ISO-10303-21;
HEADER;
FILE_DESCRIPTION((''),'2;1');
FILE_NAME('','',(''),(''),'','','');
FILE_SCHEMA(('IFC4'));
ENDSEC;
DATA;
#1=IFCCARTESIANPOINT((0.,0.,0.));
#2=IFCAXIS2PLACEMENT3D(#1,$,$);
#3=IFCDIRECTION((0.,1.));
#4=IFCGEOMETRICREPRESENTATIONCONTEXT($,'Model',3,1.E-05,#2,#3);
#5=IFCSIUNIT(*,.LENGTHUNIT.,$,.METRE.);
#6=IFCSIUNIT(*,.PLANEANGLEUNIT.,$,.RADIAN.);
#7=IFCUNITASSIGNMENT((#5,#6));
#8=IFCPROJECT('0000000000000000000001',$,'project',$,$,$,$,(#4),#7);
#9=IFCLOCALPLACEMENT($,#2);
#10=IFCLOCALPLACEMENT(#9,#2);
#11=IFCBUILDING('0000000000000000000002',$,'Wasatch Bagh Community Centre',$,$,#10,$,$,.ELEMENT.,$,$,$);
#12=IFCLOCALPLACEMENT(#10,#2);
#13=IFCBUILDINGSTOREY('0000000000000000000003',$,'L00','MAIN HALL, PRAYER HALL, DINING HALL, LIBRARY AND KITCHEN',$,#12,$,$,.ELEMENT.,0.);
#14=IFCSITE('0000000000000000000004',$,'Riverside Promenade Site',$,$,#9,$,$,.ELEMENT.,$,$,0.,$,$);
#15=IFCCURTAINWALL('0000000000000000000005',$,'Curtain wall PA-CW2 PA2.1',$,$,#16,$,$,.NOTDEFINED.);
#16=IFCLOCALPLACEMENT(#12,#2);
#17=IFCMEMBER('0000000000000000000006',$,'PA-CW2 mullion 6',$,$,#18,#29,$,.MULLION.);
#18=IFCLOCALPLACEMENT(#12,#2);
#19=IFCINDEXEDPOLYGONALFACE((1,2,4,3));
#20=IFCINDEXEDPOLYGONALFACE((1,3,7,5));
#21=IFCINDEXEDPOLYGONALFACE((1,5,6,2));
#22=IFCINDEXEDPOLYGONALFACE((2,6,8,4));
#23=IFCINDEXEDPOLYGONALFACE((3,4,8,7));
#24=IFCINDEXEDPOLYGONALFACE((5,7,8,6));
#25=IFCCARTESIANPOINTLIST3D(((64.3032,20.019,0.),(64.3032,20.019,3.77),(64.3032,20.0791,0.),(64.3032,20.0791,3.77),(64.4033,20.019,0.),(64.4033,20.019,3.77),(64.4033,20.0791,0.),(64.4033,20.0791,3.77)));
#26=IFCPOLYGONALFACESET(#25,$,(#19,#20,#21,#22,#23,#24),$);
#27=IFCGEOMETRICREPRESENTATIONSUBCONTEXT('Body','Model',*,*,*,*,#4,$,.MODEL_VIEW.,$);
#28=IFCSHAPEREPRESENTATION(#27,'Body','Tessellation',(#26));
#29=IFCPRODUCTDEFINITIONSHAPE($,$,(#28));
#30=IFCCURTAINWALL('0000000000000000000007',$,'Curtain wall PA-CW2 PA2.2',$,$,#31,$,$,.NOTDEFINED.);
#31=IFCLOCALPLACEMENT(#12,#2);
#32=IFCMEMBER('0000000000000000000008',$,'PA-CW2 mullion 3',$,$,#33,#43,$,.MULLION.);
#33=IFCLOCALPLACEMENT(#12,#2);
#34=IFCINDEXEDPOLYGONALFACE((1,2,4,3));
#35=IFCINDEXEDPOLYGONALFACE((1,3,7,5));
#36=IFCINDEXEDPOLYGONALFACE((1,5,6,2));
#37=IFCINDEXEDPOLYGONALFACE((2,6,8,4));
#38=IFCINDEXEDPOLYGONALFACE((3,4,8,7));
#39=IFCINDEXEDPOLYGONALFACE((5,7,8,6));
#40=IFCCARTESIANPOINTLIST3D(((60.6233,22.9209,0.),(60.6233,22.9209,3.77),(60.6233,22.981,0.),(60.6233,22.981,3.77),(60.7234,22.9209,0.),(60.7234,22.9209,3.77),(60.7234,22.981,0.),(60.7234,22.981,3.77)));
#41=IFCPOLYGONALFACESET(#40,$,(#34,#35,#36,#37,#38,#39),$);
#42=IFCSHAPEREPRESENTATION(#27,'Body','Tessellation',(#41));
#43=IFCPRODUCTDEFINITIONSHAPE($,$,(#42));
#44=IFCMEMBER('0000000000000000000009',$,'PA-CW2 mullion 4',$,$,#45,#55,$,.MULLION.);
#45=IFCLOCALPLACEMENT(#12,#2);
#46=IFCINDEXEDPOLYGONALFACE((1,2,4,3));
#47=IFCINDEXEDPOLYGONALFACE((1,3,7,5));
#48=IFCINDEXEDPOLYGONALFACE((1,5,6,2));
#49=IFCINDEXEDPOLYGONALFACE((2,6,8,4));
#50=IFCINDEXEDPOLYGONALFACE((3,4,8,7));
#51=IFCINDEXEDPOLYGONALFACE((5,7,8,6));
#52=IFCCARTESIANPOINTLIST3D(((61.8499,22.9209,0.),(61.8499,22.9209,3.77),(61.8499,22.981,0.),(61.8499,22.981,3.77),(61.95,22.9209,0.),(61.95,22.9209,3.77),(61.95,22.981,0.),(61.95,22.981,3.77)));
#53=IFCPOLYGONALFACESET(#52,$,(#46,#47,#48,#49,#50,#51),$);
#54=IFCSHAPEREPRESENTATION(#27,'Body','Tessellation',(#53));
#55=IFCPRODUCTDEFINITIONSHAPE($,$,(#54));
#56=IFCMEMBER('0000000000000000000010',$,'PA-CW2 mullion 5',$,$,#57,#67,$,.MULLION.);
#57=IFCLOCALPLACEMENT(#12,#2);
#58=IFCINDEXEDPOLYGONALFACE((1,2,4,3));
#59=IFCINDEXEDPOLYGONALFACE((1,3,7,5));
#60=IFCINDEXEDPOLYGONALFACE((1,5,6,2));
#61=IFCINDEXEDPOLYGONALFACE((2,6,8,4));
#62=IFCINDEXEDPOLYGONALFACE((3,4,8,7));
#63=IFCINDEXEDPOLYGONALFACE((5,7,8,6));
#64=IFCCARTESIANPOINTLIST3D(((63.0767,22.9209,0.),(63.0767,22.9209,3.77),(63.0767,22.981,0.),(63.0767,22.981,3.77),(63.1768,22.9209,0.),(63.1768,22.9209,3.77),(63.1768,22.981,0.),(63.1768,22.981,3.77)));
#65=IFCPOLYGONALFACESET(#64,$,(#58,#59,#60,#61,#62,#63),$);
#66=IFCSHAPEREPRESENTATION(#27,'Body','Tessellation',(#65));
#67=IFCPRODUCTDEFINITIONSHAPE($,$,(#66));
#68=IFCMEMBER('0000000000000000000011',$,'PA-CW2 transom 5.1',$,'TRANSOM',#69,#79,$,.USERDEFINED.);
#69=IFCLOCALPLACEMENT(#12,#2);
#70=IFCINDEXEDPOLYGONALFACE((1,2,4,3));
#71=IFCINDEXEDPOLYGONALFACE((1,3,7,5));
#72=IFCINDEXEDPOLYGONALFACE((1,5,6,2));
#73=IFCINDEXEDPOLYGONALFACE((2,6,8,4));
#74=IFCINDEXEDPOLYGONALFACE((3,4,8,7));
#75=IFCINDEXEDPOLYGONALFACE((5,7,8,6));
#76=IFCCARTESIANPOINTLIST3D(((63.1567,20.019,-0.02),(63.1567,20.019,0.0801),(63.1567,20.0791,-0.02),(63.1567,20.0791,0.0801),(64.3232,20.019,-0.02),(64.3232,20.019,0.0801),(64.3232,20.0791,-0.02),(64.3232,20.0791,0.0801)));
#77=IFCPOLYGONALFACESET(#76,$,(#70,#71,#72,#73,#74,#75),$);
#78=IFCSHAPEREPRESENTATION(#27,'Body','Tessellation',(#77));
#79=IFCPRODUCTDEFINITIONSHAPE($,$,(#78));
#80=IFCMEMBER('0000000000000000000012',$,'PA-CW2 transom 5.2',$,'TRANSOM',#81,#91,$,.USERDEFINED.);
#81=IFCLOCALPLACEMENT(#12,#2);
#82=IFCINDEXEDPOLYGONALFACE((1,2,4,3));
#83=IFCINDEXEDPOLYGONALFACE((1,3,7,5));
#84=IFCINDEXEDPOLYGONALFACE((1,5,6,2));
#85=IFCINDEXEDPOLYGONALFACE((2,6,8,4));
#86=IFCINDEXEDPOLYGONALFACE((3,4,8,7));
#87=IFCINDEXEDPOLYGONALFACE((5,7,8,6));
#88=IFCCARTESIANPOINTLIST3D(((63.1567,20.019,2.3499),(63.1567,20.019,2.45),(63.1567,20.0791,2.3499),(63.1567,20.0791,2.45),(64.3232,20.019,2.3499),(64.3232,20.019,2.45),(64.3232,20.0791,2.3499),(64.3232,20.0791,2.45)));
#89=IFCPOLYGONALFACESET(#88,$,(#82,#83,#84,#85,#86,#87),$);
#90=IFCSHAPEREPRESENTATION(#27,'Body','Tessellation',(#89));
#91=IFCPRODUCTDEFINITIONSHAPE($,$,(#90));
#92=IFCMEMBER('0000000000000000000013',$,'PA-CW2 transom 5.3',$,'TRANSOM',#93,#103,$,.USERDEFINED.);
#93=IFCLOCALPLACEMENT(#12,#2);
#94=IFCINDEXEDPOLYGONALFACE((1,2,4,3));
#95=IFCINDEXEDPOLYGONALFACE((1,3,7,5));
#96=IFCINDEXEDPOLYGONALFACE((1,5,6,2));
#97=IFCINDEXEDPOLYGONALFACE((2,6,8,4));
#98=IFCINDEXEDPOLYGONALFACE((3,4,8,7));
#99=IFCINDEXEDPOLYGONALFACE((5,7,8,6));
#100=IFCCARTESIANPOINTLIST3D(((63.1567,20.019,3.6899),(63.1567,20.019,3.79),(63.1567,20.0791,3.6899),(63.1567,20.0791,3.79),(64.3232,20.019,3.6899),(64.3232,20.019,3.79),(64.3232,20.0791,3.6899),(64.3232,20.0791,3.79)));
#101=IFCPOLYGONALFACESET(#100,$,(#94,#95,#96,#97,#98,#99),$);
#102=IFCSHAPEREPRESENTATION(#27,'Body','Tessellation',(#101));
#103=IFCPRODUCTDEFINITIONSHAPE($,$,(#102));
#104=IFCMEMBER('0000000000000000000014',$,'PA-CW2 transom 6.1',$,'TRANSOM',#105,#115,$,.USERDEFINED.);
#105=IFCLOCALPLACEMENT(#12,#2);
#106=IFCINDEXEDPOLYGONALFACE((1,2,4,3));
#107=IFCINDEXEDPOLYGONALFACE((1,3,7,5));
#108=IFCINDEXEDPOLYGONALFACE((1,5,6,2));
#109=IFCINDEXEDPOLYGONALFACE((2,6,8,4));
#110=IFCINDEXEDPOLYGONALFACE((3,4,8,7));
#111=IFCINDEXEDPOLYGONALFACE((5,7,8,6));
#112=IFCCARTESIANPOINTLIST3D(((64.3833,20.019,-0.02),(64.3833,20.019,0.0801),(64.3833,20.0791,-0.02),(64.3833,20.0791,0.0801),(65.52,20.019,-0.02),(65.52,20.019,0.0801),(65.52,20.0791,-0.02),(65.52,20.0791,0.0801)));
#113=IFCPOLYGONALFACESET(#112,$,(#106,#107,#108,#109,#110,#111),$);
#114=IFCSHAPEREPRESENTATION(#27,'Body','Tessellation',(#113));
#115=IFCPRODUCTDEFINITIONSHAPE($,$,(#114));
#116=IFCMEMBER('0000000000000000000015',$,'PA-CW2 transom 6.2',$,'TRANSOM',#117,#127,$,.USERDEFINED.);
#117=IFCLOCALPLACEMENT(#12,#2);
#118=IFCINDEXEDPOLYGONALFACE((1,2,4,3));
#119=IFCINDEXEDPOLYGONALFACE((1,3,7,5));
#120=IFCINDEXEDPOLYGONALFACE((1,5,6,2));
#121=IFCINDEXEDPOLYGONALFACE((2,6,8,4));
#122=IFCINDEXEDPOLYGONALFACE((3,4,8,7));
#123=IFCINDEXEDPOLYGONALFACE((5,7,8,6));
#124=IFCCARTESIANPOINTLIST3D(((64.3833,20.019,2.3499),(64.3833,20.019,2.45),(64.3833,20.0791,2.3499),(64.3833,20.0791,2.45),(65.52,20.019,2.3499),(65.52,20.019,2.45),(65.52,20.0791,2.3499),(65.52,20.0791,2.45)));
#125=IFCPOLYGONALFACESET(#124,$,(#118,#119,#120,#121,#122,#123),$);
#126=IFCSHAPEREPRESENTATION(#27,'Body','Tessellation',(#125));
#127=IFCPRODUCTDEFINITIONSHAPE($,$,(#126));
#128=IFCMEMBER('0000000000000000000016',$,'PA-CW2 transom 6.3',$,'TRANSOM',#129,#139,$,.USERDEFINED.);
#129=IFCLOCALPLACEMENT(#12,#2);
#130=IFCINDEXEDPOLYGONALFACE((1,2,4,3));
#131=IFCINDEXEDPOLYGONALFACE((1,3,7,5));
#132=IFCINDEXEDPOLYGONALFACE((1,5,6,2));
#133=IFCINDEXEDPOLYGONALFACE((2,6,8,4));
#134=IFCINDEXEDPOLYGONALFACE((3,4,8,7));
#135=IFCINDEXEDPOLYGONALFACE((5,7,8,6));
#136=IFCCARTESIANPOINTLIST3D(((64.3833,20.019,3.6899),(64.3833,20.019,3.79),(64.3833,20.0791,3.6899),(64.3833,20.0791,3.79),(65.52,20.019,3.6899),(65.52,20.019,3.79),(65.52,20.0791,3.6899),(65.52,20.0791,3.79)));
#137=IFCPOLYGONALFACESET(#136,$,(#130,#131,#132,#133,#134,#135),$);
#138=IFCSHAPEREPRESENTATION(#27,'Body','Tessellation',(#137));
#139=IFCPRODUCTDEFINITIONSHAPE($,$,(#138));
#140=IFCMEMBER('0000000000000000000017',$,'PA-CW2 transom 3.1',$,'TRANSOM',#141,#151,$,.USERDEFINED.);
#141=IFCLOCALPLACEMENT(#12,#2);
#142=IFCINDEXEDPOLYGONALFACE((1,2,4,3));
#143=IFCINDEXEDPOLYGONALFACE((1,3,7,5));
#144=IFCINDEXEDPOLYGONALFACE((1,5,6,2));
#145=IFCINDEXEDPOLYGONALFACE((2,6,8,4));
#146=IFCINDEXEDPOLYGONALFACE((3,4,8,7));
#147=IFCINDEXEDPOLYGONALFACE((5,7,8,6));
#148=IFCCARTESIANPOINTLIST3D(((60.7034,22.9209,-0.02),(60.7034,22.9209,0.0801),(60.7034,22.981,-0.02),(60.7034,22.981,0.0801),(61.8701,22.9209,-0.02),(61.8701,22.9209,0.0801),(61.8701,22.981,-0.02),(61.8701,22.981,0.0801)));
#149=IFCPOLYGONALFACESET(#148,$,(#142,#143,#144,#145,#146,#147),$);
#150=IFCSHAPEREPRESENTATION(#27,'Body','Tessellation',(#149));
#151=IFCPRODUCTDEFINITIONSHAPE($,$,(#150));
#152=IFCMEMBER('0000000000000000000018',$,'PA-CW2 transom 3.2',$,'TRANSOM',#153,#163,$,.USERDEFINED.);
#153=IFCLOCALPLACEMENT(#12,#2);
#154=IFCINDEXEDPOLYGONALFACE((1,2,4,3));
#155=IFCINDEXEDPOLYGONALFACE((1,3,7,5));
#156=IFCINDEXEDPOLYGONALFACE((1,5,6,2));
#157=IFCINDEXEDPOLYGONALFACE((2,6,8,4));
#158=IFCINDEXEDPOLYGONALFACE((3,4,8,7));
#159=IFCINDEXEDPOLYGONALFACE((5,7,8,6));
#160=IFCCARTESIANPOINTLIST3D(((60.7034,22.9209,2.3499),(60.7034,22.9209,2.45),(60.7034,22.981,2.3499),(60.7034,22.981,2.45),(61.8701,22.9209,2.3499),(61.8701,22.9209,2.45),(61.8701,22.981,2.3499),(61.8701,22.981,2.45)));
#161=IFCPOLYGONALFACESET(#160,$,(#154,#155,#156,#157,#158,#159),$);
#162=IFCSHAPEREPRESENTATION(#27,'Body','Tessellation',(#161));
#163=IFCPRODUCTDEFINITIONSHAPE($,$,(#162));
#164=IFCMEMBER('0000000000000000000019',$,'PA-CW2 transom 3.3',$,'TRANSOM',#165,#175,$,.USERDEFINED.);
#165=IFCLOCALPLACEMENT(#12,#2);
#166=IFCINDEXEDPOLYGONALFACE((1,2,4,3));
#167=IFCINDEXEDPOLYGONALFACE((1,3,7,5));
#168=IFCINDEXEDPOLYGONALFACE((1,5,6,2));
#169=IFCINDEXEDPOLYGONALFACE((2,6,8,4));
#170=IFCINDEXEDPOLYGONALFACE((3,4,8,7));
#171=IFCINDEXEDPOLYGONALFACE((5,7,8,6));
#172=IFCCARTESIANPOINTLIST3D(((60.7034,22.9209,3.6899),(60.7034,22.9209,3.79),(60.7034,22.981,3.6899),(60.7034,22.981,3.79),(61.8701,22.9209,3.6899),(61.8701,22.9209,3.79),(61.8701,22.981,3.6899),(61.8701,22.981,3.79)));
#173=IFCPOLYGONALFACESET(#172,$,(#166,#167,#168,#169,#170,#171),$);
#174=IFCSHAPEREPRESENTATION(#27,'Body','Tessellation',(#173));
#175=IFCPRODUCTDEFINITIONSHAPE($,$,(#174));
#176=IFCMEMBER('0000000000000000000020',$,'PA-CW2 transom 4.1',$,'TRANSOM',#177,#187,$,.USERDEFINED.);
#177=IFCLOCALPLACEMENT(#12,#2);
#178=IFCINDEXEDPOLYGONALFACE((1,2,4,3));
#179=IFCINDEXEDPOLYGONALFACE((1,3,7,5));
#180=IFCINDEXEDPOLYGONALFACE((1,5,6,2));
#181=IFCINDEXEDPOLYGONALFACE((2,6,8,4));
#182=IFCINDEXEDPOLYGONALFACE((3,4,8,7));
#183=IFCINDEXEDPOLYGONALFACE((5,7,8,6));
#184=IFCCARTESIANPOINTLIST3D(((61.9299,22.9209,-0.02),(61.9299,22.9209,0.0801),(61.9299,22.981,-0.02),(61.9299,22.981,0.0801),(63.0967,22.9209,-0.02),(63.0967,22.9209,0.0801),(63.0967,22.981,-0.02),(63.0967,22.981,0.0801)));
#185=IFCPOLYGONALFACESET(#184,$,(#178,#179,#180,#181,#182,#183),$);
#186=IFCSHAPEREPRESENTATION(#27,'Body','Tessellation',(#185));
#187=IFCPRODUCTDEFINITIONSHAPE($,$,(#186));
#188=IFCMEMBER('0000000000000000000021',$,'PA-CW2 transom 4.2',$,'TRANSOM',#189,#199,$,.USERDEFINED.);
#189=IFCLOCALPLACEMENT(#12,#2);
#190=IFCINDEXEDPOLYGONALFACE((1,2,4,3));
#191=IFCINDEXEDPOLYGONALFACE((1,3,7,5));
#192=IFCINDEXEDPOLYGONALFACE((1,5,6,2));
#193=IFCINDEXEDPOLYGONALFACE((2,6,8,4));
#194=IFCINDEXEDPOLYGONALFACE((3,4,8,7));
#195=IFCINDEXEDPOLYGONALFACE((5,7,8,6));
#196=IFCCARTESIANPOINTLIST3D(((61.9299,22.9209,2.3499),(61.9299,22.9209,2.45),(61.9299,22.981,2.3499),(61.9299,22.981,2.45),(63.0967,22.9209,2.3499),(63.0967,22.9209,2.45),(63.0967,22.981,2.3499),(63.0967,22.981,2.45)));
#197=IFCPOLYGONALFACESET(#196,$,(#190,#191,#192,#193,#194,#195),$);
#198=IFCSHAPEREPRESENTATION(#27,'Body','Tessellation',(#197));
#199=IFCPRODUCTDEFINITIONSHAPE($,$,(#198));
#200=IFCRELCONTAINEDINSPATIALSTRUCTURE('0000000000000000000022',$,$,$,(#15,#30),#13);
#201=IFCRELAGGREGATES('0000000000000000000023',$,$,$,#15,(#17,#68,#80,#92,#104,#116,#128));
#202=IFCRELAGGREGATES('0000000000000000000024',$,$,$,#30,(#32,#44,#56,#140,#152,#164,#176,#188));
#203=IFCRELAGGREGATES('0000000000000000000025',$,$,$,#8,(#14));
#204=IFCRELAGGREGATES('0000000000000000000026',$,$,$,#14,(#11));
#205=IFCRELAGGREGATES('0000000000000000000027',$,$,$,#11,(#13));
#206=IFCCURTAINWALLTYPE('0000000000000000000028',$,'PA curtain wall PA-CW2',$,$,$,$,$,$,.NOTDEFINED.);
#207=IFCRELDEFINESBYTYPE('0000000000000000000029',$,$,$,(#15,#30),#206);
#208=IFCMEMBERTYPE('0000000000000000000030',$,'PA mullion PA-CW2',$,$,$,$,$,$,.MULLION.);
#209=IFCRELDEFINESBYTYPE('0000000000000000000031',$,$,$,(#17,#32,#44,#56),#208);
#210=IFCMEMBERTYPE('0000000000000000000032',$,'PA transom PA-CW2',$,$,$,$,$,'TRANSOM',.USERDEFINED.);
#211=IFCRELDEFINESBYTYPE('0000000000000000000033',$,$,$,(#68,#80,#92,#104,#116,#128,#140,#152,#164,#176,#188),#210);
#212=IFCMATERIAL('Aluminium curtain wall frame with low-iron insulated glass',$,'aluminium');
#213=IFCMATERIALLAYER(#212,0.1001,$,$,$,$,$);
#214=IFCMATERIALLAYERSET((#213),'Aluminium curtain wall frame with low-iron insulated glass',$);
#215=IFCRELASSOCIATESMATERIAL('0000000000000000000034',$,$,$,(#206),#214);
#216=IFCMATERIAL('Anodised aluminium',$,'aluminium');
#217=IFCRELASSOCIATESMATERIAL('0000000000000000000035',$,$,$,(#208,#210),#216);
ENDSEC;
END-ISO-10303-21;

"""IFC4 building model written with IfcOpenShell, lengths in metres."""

from ifc_helpers import new_model, si_unit, direction, frame, origin, origin_2d, place, context, subcontext, project, spatial, rectangle, extrude, material, layer, layer_set, material_profile, profile_set, type_object, element, aggregate, save


model = new_model("IFC4")

# Units and contexts
model_context = context("Model", 3, precision=1e-05, world=origin(), true_north=direction((0.0, 1.0)))
body_context = subcontext(model_context, "Body", "Model", "MODEL_VIEW")
ifc_project = project(units=[si_unit("LENGTHUNIT", "METRE"), si_unit("PLANEANGLEUNIT", "RADIAN")], contexts=[model_context])

# Site, building, storey
site_placement = place(None, origin())
site = spatial("IfcSite", under=ifc_project, at=site_placement, Name="Riverside Promenade Site", CompositionType="ELEMENT", RefElevation=0.0)
building_placement = place(site_placement, origin())
building = spatial("IfcBuilding", under=site, at=building_placement, Name="Wasatch Bagh Community Centre", CompositionType="ELEMENT")
storey_placement = place(building_placement, origin())
storey = spatial("IfcBuildingStorey", under=building, at=storey_placement, Name="L00", Description="MAIN HALL, PRAYER HALL, DINING HALL, LIBRARY AND KITCHEN", CompositionType="ELEMENT", Elevation=0.0)

# Curtain wall, member
ifc_material_1 = material(Name="Aluminium curtain wall frame with low-iron insulated glass", Category="aluminium")
ifc_layer_1 = layer(ifc_material_1, 0.1001)
ifc_layer_set_1 = layer_set([ifc_layer_1], Name="Aluminium curtain wall frame with low-iron insulated glass")
curtain_wall_type = type_object("IfcCurtainWallType", Name="PA curtain wall PA-CW2", PredefinedType="NOTDEFINED", material=ifc_layer_set_1)
curtain_wall_1_placement = place(storey_placement, origin())
curtain_wall_1 = element("IfcCurtainWall", 1, at=curtain_wall_1_placement, inside=storey, type_object=curtain_wall_type, Name="Curtain wall PA-CW2 PA2.1", PredefinedType="NOTDEFINED")
ifc_material_2 = material(Name="Anodised aluminium", Category="aluminium")
ifc_material_profile_1 = material_profile(ifc_material_2, rectangle(XDim=0.0601, YDim=0.1001, at=origin_2d()), Name="PA mullion PA-CW2")
ifc_profile_set_1 = profile_set([ifc_material_profile_1], Name="Anodised aluminium")
member_type_1 = type_object("IfcMemberType", Name="PA mullion PA-CW2", PredefinedType="MULLION", material=ifc_profile_set_1)
member_1_placement = place(storey_placement, frame((64.3533, 20.0491, 0.0), z_axis=(0.0, 0.0, 1.0), x_axis=(0.0, 1.0, 0.0)))
member_1 = element("IfcMember", 2, at=member_1_placement, type_object=member_type_1, Name="PA-CW2 mullion 6", PredefinedType="MULLION", context=body_context, shape_type="SweptSolid", body=[
    extrude(rectangle(XDim=0.0601, YDim=0.1001, at=origin_2d()), origin(), (0.0, 0.0, 1.0), 3.77),
])

# Curtain wall, members
curtain_wall_2_placement = place(storey_placement, origin())
curtain_wall_2 = element("IfcCurtainWall", 3, at=curtain_wall_2_placement, inside=storey, type_object=curtain_wall_type, Name="Curtain wall PA-CW2 PA2.2", PredefinedType="NOTDEFINED")
member_2_placement = place(storey_placement, frame((60.6733, 22.9509, 0.0), z_axis=(0.0, 0.0, 1.0), x_axis=(0.0, 1.0, 0.0)))
member_2 = element("IfcMember", 4, at=member_2_placement, type_object=member_type_1, Name="PA-CW2 mullion 3", PredefinedType="MULLION", context=body_context, shape_type="SweptSolid", body=[
    extrude(rectangle(XDim=0.0601, YDim=0.1001, at=origin_2d()), origin(), (0.0, 0.0, 1.0), 3.77),
])
member_3_placement = place(storey_placement, frame((61.8999, 22.9509, 0.0), z_axis=(0.0, 0.0, 1.0), x_axis=(0.0, 1.0, 0.0)))
member_3 = element("IfcMember", 5, at=member_3_placement, type_object=member_type_1, Name="PA-CW2 mullion 4", PredefinedType="MULLION", context=body_context, shape_type="SweptSolid", body=[
    extrude(rectangle(XDim=0.0601, YDim=0.1001, at=origin_2d()), origin(), (0.0, 0.0, 1.0), 3.77),
])
member_4_placement = place(storey_placement, frame((63.1267, 22.9509, 0.0), z_axis=(0.0, 0.0, 1.0), x_axis=(0.0, 1.0, 0.0)))
member_4 = element("IfcMember", 6, at=member_4_placement, type_object=member_type_1, Name="PA-CW2 mullion 5", PredefinedType="MULLION", context=body_context, shape_type="SweptSolid", body=[
    extrude(rectangle(XDim=0.0601, YDim=0.1001, at=origin_2d()), origin(), (0.0, 0.0, 1.0), 3.77),
])

# Members
ifc_material_profile_2 = material_profile(ifc_material_2, rectangle(XDim=0.0601, YDim=0.1001, at=origin_2d()), Name="PA transom PA-CW2")
ifc_profile_set_2 = profile_set([ifc_material_profile_2], Name="Anodised aluminium")
member_type_2 = type_object("IfcMemberType", Name="PA transom PA-CW2", ElementType="TRANSOM", PredefinedType="USERDEFINED", material=ifc_profile_set_2)
member_5_placement = place(storey_placement, frame((63.1567, 20.0491, 0.03), z_axis=(1.0, 0.0, 0.0), x_axis=(0.0, 1.0, 0.0)))
member_5 = element("IfcMember", 7, at=member_5_placement, type_object=member_type_2, Name="PA-CW2 transom 5.1", ObjectType="TRANSOM", PredefinedType="USERDEFINED", context=body_context, shape_type="SweptSolid", body=[
    extrude(rectangle(XDim=0.0601, YDim=0.1001, at=origin_2d()), origin(), (0.0, 0.0, 1.0), 1.1665),
])
member_6_placement = place(storey_placement, frame((63.1567, 20.0491, 2.3999), z_axis=(1.0, 0.0, 0.0), x_axis=(0.0, 1.0, 0.0)))
member_6 = element("IfcMember", 8, at=member_6_placement, type_object=member_type_2, Name="PA-CW2 transom 5.2", ObjectType="TRANSOM", PredefinedType="USERDEFINED", context=body_context, shape_type="SweptSolid", body=[
    extrude(rectangle(XDim=0.0601, YDim=0.1001, at=origin_2d()), origin(), (0.0, 0.0, 1.0), 1.1665),
])
member_7_placement = place(storey_placement, frame((63.1567, 20.0491, 3.74), z_axis=(1.0, 0.0, 0.0), x_axis=(0.0, 1.0, 0.0)))
member_7 = element("IfcMember", 9, at=member_7_placement, type_object=member_type_2, Name="PA-CW2 transom 5.3", ObjectType="TRANSOM", PredefinedType="USERDEFINED", context=body_context, shape_type="SweptSolid", body=[
    extrude(rectangle(XDim=0.0601, YDim=0.1001, at=origin_2d()), origin(), (0.0, 0.0, 1.0), 1.1665),
])
member_8_placement = place(storey_placement, frame((64.3833, 20.0491, 0.03), z_axis=(1.0, 0.0, 0.0), x_axis=(0.0, 1.0, 0.0)))
member_8 = element("IfcMember", 10, at=member_8_placement, type_object=member_type_2, Name="PA-CW2 transom 6.1", ObjectType="TRANSOM", PredefinedType="USERDEFINED", context=body_context, shape_type="SweptSolid", body=[
    extrude(rectangle(XDim=0.0601, YDim=0.1001, at=origin_2d()), origin(), (0.0, 0.0, 1.0), 1.1367),
])
member_9_placement = place(storey_placement, frame((64.3833, 20.0491, 2.3999), z_axis=(1.0, 0.0, 0.0), x_axis=(0.0, 1.0, 0.0)))
member_9 = element("IfcMember", 11, at=member_9_placement, type_object=member_type_2, Name="PA-CW2 transom 6.2", ObjectType="TRANSOM", PredefinedType="USERDEFINED", context=body_context, shape_type="SweptSolid", body=[
    extrude(rectangle(XDim=0.0601, YDim=0.1001, at=origin_2d()), origin(), (0.0, 0.0, 1.0), 1.1367),
])
member_10_placement = place(storey_placement, frame((64.3833, 20.0491, 3.74), z_axis=(1.0, 0.0, 0.0), x_axis=(0.0, 1.0, 0.0)))
member_10 = element("IfcMember", 12, at=member_10_placement, type_object=member_type_2, Name="PA-CW2 transom 6.3", ObjectType="TRANSOM", PredefinedType="USERDEFINED", context=body_context, shape_type="SweptSolid", body=[
    extrude(rectangle(XDim=0.0601, YDim=0.1001, at=origin_2d()), origin(), (0.0, 0.0, 1.0), 1.1367),
])
member_11_placement = place(storey_placement, frame((60.7034, 22.9509, 0.03), z_axis=(1.0, 0.0, 0.0), x_axis=(0.0, 1.0, 0.0)))
member_11 = element("IfcMember", 13, at=member_11_placement, type_object=member_type_2, Name="PA-CW2 transom 3.1", ObjectType="TRANSOM", PredefinedType="USERDEFINED", context=body_context, shape_type="SweptSolid", body=[
    extrude(rectangle(XDim=0.0601, YDim=0.1001, at=origin_2d()), origin(), (0.0, 0.0, 1.0), 1.1667),
])
member_12_placement = place(storey_placement, frame((60.7034, 22.9509, 2.3999), z_axis=(1.0, 0.0, 0.0), x_axis=(0.0, 1.0, 0.0)))
member_12 = element("IfcMember", 14, at=member_12_placement, type_object=member_type_2, Name="PA-CW2 transom 3.2", ObjectType="TRANSOM", PredefinedType="USERDEFINED", context=body_context, shape_type="SweptSolid", body=[
    extrude(rectangle(XDim=0.0601, YDim=0.1001, at=origin_2d()), origin(), (0.0, 0.0, 1.0), 1.1667),
])
member_13_placement = place(storey_placement, frame((60.7034, 22.9509, 3.74), z_axis=(1.0, 0.0, 0.0), x_axis=(0.0, 1.0, 0.0)))
member_13 = element("IfcMember", 15, at=member_13_placement, type_object=member_type_2, Name="PA-CW2 transom 3.3", ObjectType="TRANSOM", PredefinedType="USERDEFINED", context=body_context, shape_type="SweptSolid", body=[
    extrude(rectangle(XDim=0.0601, YDim=0.1001, at=origin_2d()), origin(), (0.0, 0.0, 1.0), 1.1667),
])
member_14_placement = place(storey_placement, frame((61.9299, 22.9509, 0.03), z_axis=(1.0, 0.0, 0.0), x_axis=(0.0, 1.0, 0.0)))
member_14 = element("IfcMember", 16, at=member_14_placement, type_object=member_type_2, Name="PA-CW2 transom 4.1", ObjectType="TRANSOM", PredefinedType="USERDEFINED", context=body_context, shape_type="SweptSolid", body=[
    extrude(rectangle(XDim=0.0601, YDim=0.1001, at=origin_2d()), origin(), (0.0, 0.0, 1.0), 1.1667),
])
member_15_placement = place(storey_placement, frame((61.9299, 22.9509, 2.3999), z_axis=(1.0, 0.0, 0.0), x_axis=(0.0, 1.0, 0.0)))
member_15 = element("IfcMember", 17, at=member_15_placement, type_object=member_type_2, Name="PA-CW2 transom 4.2", ObjectType="TRANSOM", PredefinedType="USERDEFINED", context=body_context, shape_type="SweptSolid", body=[
    extrude(rectangle(XDim=0.0601, YDim=0.1001, at=origin_2d()), origin(), (0.0, 0.0, 1.0), 1.1667),
])

aggregate(curtain_wall_1, [member_1, member_5, member_6, member_7, member_8, member_9, member_10])
aggregate(curtain_wall_2, [member_2, member_3, member_4, member_11, member_12, member_13, member_14, member_15])

save(model, "model.ifc")
